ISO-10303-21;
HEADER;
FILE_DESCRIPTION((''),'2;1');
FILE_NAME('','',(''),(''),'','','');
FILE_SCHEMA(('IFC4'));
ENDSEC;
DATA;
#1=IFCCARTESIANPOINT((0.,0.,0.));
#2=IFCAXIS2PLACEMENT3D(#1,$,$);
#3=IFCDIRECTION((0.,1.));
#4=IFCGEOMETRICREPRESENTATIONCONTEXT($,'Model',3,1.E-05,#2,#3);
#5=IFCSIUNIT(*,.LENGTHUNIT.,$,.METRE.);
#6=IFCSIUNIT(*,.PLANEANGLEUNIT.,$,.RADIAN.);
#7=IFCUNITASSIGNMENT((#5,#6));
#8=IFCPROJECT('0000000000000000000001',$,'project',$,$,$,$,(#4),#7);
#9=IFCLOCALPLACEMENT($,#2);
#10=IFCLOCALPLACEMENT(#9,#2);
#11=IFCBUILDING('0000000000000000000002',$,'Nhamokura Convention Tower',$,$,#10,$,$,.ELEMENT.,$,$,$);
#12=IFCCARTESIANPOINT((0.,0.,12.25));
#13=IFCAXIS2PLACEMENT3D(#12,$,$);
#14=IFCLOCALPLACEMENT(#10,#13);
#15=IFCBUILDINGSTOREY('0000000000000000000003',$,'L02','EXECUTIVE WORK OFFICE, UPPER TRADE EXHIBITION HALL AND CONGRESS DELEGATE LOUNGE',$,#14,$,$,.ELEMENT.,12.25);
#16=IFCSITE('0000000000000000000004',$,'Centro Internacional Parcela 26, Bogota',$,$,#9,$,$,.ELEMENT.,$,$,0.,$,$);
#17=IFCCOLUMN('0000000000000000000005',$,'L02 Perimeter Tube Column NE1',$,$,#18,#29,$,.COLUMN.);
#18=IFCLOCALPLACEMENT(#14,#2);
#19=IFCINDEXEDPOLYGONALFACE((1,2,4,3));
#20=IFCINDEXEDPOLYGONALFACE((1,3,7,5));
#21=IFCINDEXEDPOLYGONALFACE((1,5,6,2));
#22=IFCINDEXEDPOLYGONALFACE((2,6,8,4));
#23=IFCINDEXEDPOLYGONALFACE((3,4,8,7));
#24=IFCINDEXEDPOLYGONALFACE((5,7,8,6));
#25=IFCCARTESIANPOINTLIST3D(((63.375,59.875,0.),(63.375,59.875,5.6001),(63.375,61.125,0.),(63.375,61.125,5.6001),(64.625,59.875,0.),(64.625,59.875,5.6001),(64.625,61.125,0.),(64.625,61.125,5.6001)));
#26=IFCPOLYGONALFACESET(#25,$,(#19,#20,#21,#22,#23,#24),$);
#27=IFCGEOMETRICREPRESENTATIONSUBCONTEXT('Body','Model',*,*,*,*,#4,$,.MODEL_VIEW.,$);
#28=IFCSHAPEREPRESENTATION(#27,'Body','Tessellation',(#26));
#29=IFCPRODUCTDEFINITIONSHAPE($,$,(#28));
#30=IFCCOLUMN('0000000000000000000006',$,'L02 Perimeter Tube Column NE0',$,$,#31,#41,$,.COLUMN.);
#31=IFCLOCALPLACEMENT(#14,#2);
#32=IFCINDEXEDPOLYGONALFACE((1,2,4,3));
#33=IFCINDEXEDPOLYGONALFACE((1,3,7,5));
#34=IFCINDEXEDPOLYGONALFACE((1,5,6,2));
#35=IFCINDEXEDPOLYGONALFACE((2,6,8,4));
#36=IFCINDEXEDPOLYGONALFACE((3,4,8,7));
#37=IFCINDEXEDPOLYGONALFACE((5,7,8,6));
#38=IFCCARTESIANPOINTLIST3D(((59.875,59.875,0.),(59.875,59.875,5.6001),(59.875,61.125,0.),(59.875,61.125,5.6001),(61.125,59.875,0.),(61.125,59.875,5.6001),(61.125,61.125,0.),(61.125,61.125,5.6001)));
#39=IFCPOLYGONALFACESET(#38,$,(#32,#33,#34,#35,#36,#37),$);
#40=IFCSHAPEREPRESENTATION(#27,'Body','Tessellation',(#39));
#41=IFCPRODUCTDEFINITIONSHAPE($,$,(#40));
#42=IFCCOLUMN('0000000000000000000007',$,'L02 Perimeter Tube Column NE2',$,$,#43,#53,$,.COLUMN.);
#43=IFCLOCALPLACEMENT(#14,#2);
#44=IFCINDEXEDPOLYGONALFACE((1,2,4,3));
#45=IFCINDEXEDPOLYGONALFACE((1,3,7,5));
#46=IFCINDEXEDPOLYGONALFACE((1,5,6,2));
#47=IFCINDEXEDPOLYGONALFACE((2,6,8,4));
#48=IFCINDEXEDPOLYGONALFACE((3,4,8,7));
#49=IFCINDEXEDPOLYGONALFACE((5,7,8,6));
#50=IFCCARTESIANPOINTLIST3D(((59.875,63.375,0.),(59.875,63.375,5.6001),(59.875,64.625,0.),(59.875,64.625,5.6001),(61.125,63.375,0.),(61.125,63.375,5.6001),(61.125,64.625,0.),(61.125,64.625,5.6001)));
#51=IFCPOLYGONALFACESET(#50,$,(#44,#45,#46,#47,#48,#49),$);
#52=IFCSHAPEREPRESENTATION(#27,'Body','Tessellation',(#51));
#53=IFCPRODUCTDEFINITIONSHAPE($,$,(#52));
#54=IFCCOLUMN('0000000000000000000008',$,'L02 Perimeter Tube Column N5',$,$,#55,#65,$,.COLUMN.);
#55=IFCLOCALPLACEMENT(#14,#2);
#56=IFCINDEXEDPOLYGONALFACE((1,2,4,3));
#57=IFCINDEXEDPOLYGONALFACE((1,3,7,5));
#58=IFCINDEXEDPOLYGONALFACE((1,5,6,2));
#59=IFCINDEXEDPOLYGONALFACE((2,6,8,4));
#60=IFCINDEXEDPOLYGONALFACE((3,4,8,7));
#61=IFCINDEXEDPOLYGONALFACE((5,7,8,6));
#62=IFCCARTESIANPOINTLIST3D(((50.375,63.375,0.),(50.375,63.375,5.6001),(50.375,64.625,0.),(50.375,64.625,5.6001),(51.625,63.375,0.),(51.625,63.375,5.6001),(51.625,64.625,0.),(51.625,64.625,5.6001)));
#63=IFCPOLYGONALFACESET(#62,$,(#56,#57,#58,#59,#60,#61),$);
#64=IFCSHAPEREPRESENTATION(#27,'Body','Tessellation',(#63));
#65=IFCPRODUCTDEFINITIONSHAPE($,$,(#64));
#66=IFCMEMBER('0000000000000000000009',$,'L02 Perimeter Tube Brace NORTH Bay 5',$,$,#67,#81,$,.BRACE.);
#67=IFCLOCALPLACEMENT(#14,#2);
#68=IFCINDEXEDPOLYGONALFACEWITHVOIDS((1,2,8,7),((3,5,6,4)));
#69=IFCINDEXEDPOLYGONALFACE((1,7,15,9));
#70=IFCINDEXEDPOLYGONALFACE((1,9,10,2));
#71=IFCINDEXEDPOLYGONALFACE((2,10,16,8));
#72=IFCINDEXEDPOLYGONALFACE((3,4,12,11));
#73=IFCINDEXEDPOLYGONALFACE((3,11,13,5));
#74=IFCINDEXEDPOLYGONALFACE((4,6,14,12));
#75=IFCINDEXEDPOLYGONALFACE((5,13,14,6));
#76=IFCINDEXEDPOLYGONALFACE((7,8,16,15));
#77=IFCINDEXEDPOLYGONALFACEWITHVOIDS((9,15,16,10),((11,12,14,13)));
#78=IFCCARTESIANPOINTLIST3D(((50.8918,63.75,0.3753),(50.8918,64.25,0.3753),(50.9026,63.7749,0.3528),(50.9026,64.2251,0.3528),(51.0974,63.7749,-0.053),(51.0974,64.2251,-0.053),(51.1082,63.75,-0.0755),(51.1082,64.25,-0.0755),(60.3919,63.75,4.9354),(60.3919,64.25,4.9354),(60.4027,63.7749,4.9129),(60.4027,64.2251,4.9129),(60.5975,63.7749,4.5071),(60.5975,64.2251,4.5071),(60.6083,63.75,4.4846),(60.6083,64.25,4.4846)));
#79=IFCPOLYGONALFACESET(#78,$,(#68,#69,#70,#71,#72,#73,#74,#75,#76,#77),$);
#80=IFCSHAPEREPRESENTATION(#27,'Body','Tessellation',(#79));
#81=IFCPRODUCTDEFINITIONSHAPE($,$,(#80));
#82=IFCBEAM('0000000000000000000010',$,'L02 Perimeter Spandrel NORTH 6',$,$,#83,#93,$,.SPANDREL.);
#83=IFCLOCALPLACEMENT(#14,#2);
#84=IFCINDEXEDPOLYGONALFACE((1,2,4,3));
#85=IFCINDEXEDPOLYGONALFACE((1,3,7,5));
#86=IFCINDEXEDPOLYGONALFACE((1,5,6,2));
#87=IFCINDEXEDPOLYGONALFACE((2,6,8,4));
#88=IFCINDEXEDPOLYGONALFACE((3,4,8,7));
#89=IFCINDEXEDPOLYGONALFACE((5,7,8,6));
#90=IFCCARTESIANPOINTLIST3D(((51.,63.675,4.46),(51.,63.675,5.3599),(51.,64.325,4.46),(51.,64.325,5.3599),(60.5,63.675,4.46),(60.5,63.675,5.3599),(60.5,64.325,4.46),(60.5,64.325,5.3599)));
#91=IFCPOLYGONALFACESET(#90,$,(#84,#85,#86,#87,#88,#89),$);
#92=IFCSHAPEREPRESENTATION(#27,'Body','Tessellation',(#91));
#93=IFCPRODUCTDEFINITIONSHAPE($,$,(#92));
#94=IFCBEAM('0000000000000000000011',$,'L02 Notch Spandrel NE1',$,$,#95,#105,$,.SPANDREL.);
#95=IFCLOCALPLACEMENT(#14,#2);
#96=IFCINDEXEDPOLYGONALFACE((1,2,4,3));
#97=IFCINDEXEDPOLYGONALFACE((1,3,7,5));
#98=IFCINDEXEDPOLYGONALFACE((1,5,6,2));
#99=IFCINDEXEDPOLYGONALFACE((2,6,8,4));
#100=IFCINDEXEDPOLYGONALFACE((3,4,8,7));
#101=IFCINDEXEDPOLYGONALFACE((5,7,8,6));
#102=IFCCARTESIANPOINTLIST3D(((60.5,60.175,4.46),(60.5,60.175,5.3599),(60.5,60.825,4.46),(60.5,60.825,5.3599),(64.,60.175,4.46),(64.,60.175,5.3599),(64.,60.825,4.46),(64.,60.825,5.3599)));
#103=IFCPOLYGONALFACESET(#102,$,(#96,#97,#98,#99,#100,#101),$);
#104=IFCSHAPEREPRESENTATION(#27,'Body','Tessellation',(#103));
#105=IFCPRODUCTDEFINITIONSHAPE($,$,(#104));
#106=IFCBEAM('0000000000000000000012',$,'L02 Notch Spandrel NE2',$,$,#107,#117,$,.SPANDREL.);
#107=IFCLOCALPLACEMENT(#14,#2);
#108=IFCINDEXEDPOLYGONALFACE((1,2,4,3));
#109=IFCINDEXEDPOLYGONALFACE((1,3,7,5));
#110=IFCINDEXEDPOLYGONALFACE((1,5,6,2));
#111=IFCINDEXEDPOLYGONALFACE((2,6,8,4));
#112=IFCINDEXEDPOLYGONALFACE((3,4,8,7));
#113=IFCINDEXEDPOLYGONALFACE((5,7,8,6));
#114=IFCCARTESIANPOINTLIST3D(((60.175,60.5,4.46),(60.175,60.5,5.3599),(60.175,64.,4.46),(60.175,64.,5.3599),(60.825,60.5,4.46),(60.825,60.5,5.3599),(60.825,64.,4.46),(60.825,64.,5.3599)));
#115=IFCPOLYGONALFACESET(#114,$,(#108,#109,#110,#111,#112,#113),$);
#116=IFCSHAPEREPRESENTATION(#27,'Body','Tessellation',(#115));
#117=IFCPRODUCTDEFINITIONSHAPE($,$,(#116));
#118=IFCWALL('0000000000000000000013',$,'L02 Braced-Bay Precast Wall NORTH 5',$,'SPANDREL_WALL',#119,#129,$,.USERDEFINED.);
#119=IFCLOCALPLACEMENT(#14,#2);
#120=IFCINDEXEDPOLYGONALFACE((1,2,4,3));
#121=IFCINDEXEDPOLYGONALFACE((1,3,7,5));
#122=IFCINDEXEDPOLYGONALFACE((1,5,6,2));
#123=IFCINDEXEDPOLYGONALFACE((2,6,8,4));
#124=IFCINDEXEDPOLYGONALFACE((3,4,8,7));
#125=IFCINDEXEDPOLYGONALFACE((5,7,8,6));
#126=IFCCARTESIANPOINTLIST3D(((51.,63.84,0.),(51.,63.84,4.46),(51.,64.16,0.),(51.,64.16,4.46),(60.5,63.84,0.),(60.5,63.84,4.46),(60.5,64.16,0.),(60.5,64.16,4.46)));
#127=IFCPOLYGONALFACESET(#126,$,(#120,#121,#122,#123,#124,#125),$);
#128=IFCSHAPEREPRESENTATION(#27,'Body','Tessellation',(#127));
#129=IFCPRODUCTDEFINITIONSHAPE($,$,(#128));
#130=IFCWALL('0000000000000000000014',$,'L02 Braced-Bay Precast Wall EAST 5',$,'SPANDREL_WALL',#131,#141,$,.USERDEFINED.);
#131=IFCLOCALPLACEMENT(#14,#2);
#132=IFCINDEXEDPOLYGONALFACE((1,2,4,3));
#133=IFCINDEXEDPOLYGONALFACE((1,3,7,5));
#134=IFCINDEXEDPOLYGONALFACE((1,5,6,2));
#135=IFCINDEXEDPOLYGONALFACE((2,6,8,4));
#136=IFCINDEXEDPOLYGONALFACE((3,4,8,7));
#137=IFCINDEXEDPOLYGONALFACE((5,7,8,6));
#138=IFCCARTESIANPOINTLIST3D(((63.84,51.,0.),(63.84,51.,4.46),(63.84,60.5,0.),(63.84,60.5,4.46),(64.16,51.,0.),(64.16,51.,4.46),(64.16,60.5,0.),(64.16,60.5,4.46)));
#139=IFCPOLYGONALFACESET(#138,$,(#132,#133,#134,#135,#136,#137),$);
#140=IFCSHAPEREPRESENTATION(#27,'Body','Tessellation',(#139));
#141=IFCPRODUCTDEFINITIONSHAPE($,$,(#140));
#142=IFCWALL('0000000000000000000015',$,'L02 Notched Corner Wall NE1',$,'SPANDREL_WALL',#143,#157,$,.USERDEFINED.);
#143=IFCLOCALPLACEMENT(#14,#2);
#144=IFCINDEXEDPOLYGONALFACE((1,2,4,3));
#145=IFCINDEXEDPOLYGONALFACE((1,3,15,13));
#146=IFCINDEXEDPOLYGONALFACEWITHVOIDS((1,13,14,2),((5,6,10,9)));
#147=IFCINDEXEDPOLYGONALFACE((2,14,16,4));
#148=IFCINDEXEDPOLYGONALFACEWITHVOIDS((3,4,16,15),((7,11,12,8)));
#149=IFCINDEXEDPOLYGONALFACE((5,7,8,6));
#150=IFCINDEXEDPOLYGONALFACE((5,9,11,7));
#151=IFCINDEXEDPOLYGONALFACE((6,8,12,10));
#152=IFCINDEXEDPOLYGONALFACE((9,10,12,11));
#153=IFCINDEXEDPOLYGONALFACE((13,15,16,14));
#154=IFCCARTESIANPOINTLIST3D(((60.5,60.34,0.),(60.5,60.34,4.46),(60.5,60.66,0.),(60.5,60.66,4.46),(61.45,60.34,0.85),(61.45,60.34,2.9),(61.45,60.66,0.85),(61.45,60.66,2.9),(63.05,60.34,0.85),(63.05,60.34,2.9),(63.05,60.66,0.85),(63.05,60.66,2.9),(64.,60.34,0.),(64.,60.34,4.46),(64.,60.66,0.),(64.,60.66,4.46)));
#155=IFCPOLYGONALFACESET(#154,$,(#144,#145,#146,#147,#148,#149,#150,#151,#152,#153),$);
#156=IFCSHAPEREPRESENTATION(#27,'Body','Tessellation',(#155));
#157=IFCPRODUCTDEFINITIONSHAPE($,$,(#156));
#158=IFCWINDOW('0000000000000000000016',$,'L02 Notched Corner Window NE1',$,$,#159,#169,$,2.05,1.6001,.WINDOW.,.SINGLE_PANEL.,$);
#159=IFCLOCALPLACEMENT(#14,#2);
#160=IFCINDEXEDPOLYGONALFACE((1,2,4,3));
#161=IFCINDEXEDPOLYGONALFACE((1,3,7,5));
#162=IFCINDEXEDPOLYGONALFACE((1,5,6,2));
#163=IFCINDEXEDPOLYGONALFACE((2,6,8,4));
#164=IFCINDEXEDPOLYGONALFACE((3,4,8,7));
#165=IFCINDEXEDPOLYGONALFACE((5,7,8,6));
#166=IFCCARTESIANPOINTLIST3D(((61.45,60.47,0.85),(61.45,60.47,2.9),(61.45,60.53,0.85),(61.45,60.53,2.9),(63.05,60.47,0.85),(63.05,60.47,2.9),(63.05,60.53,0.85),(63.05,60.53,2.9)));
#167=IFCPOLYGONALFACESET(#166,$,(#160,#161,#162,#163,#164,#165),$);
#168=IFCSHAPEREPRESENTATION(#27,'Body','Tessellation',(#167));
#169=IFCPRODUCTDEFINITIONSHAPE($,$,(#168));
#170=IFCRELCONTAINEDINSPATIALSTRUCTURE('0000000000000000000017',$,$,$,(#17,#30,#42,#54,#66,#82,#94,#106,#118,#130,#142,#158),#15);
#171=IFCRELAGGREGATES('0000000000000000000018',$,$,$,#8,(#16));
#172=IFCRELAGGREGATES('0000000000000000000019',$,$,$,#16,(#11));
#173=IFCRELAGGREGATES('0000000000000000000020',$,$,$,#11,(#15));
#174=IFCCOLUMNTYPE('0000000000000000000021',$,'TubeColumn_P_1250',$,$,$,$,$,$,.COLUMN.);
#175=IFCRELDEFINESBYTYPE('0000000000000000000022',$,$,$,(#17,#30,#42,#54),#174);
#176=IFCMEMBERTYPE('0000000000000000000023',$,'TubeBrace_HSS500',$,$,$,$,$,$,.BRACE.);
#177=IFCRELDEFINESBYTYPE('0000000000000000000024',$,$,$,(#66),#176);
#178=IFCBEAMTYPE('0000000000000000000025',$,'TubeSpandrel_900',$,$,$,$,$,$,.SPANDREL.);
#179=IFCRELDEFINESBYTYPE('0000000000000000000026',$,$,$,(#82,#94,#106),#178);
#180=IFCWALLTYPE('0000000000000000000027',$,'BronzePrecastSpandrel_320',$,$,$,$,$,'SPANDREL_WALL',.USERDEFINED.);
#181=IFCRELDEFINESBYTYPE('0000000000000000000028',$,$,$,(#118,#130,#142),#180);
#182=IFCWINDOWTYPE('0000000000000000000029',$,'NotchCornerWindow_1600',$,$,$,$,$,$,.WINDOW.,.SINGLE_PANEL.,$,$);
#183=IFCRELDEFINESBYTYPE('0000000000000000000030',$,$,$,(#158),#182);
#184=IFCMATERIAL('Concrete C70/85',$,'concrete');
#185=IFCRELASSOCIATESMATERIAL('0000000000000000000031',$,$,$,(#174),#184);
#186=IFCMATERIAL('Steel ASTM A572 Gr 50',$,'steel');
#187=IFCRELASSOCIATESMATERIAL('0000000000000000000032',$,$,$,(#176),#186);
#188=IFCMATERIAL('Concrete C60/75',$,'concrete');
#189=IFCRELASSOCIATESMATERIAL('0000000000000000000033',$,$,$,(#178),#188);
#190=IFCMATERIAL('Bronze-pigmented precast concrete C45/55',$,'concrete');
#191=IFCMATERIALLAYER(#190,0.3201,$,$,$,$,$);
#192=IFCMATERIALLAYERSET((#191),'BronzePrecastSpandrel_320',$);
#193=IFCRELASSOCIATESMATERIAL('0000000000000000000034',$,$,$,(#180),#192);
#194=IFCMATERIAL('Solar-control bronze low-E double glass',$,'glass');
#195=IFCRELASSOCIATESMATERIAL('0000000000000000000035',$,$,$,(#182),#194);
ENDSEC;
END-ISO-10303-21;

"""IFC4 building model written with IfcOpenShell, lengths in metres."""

from ifc_helpers import new_model, si_unit, direction, frame, frame_2d, origin, origin_2d, place, context, subcontext, project, spatial, rectangle, hollow_rectangle, extrude, material, layer, layer_set, material_profile, profile_set, type_object, element, fill, save


model = new_model("IFC4")

# Units and contexts
model_context = context("Model", 3, precision=1e-05, world=origin(), true_north=direction((0.0, 1.0)))
body_context = subcontext(model_context, "Body", "Model", "MODEL_VIEW")
ifc_project = project(units=[si_unit("LENGTHUNIT", "METRE"), si_unit("PLANEANGLEUNIT", "RADIAN")], contexts=[model_context])

# Site, building, storey
site_placement = place(None, origin())
site = spatial("IfcSite", under=ifc_project, at=site_placement, Name="Centro Internacional Parcela 26, Bogota", CompositionType="ELEMENT", RefElevation=0.0)
building_placement = place(site_placement, origin())
building = spatial("IfcBuilding", under=site, at=building_placement, Name="Nhamokura Convention Tower", CompositionType="ELEMENT")
storey_placement = place(building_placement, frame((0.0, 0.0, 12.25)))
storey = spatial("IfcBuildingStorey", under=building, at=storey_placement, Name="L02", Description="EXECUTIVE WORK OFFICE, UPPER TRADE EXHIBITION HALL AND CONGRESS DELEGATE LOUNGE", CompositionType="ELEMENT", Elevation=12.25)

# Columns
ifc_material_1 = material(Name="Concrete C70/85", Category="concrete")
ifc_material_profile_1 = material_profile(ifc_material_1, rectangle(XDim=1.25, YDim=1.25, at=origin_2d()))
ifc_profile_set_1 = profile_set([ifc_material_profile_1], Name="Concrete C70/85")
column_type = type_object("IfcColumnType", Name="TubeColumn_P_1250", PredefinedType="COLUMN", material=ifc_profile_set_1)
for number, where, z_axis, x_axis, name in (
    (1, (64.0, 60.5, 0.0), (0.0, 0.0, 1.0), (1.0, 0.0, 0.0), "L02 Perimeter Tube Column NE1"),
    (2, (60.5, 60.5, 0.0), (0.0, 0.0, 1.0), (1.0, 0.0, 0.0), "L02 Perimeter Tube Column NE0"),
    (3, (60.5, 64.0, 0.0), (0.0, 0.0, 1.0), (1.0, 0.0, 0.0), "L02 Perimeter Tube Column NE2"),
    (4, (51.0, 64.0, 0.0), (0.0, 0.0, 1.0), (1.0, 0.0, 0.0), "L02 Perimeter Tube Column N5"),
):
    element("IfcColumn", number, at=place(storey_placement, frame(where, z_axis=z_axis, x_axis=x_axis)), inside=storey, type_object=column_type, Name=name, PredefinedType="COLUMN", context=body_context, shape_type="SweptSolid", body=[
        extrude(rectangle(XDim=1.25, YDim=1.25, at=origin_2d()), origin(), (0.0, 0.0, 1.0), 5.6001),
    ])

# Member
ifc_material_2 = material(Name="Steel ASTM A572 Gr 50", Category="steel")
ifc_material_profile_2 = material_profile(ifc_material_2, hollow_rectangle(XDim=0.5, YDim=0.5, WallThickness=0.0249, at=origin_2d()))
ifc_profile_set_2 = profile_set([ifc_material_profile_2], Name="Steel ASTM A572 Gr 50")
member_type = type_object("IfcMemberType", Name="TubeBrace_HSS500", PredefinedType="BRACE", material=ifc_profile_set_2)
member_placement = place(storey_placement, frame((51.0, 64.0, 0.1499), z_axis=(0.901521, 0.0, 0.432736), x_axis=(0.0, 1.0, 0.0)))
element("IfcMember", 5, at=member_placement, inside=storey, type_object=member_type, Name="L02 Perimeter Tube Brace NORTH Bay 5", PredefinedType="BRACE", context=body_context, shape_type="SweptSolid", body=[
    extrude(hollow_rectangle(XDim=0.5, YDim=0.5, WallThickness=0.0249, at=origin_2d()), origin(), (0.0, 0.0, 1.0), 10.5378),
])

# Beams
ifc_material_3 = material(Name="Concrete C60/75", Category="concrete")
ifc_material_profile_3 = material_profile(ifc_material_3, rectangle(XDim=0.6499, YDim=0.8999, at=origin_2d()))
ifc_profile_set_3 = profile_set([ifc_material_profile_3], Name="Concrete C60/75")
beam_type = type_object("IfcBeamType", Name="TubeSpandrel_900", PredefinedType="SPANDREL", material=ifc_profile_set_3)
beam_placement = place(storey_placement, frame((51.0, 64.0, 4.9099), z_axis=(1.0, 0.0, 0.0), x_axis=(0.0, 1.0, 0.0)))
element("IfcBeam", 6, at=beam_placement, inside=storey, type_object=beam_type, Name="L02 Perimeter Spandrel NORTH 6", PredefinedType="SPANDREL", context=body_context, shape_type="SweptSolid", body=[
    extrude(rectangle(XDim=0.6499, YDim=0.8999, at=origin_2d()), origin(), (0.0, 0.0, 1.0), 9.5),
])
for number, where, z_axis, x_axis, name in (
    (7, (64.0, 60.5, 4.9099), (-1.0, 0.0, 0.0), (0.0, -1.0, 0.0), "L02 Notch Spandrel NE1"),
    (8, (60.5, 60.5, 4.9099), (0.0, 1.0, 0.0), (-1.0, 0.0, 0.0), "L02 Notch Spandrel NE2"),
):
    element("IfcBeam", number, at=place(storey_placement, frame(where, z_axis=z_axis, x_axis=x_axis)), inside=storey, type_object=beam_type, Name=name, PredefinedType="SPANDREL", context=body_context, shape_type="SweptSolid", body=[
        extrude(rectangle(XDim=0.6499, YDim=0.8999, at=origin_2d()), origin(), (0.0, 0.0, 1.0), 3.5),
    ])

# Walls
ifc_material_4 = material(Name="Bronze-pigmented precast concrete C45/55", Category="concrete")
ifc_layer_1 = layer(ifc_material_4, 0.3201)
ifc_layer_set_1 = layer_set([ifc_layer_1], Name="BronzePrecastSpandrel_320")
wall_type_1 = type_object("IfcWallType", Name="BronzePrecastSpandrel_320", ElementType="SPANDREL_WALL", PredefinedType="USERDEFINED", material=ifc_layer_set_1)
for number, where, z_axis, x_axis, name in (
    (9, (51.0, 64.0, 0.0), (0.0, 0.0, 1.0), (1.0, 0.0, 0.0), "L02 Braced-Bay Precast Wall NORTH 5"),
    (10, (64.0, 60.5, 0.0), (0.0, 0.0, 1.0), (0.0, -1.0, 0.0), "L02 Braced-Bay Precast Wall EAST 5"),
):
    element("IfcWall", number, at=place(storey_placement, frame(where, z_axis=z_axis, x_axis=x_axis)), inside=storey, type_object=wall_type_1, Name=name, ObjectType="SPANDREL_WALL", PredefinedType="USERDEFINED", context=body_context, shape_type="SweptSolid", body=[
        extrude(rectangle(XDim=9.5, YDim=0.3201, at=frame_2d((4.75, 0.0))), origin(), (0.0, 0.0, 1.0), 4.46),
    ])

# Wall, opening, window
wall_1_placement = place(storey_placement, frame((60.5, 60.5, 0.0), z_axis=(0.0, 0.0, 1.0), x_axis=(1.0, 0.0, 0.0)))
wall_1 = element("IfcWall", 11, at=wall_1_placement, inside=storey, type_object=wall_type_1, Name="L02 Notched Corner Wall NE1", ObjectType="SPANDREL_WALL", PredefinedType="USERDEFINED", context=body_context, shape_type="SweptSolid", body=[
    extrude(rectangle(XDim=3.5, YDim=0.3201, at=frame_2d((1.75, 0.0))), origin(), (0.0, 0.0, 1.0), 4.46),
])
opening_1_placement = place(wall_1_placement, frame((0.95, 0.0, 0.8501)))
opening_1 = element("IfcOpeningElement", 12, at=opening_1_placement, cuts=wall_1, PredefinedType="OPENING", context=body_context, shape_type="SweptSolid", body=[
    extrude(rectangle(XDim=1.6001, YDim=2.05, at=frame_2d((0.8, 1.0249))), frame((0.0, 0.1699, 0.0), z_axis=(0.0, -1.0, 0.0), x_axis=(1.0, 0.0, 0.0)), (0.0, 0.0, 1.0), 0.3401),
])
ifc_material_5 = material(Name="Solar-control bronze low-E double glass", Category="glass")
window_type = type_object("IfcWindowType", Name="NotchCornerWindow_1600", PartitioningType="SINGLE_PANEL", PredefinedType="WINDOW", material=ifc_material_5)
window_1_placement = place(opening_1_placement, origin())
window_1 = element("IfcWindow", 13, at=window_1_placement, inside=storey, type_object=window_type, Name="L02 Notched Corner Window NE1", OverallHeight=2.05, OverallWidth=1.6001, PartitioningType="SINGLE_PANEL", PredefinedType="WINDOW", context=body_context, shape_type="SweptSolid", body=[
    extrude(rectangle(XDim=1.6001, YDim=2.05, at=frame_2d((0.8, 1.0249))), frame((0.0, 0.03, 0.0), z_axis=(0.0, -1.0, 0.0), x_axis=(1.0, 0.0, 0.0)), (0.0, 0.0, 1.0), 0.0601),
])
fill(opening_1, window_1)

save(model, "model.ifc")
